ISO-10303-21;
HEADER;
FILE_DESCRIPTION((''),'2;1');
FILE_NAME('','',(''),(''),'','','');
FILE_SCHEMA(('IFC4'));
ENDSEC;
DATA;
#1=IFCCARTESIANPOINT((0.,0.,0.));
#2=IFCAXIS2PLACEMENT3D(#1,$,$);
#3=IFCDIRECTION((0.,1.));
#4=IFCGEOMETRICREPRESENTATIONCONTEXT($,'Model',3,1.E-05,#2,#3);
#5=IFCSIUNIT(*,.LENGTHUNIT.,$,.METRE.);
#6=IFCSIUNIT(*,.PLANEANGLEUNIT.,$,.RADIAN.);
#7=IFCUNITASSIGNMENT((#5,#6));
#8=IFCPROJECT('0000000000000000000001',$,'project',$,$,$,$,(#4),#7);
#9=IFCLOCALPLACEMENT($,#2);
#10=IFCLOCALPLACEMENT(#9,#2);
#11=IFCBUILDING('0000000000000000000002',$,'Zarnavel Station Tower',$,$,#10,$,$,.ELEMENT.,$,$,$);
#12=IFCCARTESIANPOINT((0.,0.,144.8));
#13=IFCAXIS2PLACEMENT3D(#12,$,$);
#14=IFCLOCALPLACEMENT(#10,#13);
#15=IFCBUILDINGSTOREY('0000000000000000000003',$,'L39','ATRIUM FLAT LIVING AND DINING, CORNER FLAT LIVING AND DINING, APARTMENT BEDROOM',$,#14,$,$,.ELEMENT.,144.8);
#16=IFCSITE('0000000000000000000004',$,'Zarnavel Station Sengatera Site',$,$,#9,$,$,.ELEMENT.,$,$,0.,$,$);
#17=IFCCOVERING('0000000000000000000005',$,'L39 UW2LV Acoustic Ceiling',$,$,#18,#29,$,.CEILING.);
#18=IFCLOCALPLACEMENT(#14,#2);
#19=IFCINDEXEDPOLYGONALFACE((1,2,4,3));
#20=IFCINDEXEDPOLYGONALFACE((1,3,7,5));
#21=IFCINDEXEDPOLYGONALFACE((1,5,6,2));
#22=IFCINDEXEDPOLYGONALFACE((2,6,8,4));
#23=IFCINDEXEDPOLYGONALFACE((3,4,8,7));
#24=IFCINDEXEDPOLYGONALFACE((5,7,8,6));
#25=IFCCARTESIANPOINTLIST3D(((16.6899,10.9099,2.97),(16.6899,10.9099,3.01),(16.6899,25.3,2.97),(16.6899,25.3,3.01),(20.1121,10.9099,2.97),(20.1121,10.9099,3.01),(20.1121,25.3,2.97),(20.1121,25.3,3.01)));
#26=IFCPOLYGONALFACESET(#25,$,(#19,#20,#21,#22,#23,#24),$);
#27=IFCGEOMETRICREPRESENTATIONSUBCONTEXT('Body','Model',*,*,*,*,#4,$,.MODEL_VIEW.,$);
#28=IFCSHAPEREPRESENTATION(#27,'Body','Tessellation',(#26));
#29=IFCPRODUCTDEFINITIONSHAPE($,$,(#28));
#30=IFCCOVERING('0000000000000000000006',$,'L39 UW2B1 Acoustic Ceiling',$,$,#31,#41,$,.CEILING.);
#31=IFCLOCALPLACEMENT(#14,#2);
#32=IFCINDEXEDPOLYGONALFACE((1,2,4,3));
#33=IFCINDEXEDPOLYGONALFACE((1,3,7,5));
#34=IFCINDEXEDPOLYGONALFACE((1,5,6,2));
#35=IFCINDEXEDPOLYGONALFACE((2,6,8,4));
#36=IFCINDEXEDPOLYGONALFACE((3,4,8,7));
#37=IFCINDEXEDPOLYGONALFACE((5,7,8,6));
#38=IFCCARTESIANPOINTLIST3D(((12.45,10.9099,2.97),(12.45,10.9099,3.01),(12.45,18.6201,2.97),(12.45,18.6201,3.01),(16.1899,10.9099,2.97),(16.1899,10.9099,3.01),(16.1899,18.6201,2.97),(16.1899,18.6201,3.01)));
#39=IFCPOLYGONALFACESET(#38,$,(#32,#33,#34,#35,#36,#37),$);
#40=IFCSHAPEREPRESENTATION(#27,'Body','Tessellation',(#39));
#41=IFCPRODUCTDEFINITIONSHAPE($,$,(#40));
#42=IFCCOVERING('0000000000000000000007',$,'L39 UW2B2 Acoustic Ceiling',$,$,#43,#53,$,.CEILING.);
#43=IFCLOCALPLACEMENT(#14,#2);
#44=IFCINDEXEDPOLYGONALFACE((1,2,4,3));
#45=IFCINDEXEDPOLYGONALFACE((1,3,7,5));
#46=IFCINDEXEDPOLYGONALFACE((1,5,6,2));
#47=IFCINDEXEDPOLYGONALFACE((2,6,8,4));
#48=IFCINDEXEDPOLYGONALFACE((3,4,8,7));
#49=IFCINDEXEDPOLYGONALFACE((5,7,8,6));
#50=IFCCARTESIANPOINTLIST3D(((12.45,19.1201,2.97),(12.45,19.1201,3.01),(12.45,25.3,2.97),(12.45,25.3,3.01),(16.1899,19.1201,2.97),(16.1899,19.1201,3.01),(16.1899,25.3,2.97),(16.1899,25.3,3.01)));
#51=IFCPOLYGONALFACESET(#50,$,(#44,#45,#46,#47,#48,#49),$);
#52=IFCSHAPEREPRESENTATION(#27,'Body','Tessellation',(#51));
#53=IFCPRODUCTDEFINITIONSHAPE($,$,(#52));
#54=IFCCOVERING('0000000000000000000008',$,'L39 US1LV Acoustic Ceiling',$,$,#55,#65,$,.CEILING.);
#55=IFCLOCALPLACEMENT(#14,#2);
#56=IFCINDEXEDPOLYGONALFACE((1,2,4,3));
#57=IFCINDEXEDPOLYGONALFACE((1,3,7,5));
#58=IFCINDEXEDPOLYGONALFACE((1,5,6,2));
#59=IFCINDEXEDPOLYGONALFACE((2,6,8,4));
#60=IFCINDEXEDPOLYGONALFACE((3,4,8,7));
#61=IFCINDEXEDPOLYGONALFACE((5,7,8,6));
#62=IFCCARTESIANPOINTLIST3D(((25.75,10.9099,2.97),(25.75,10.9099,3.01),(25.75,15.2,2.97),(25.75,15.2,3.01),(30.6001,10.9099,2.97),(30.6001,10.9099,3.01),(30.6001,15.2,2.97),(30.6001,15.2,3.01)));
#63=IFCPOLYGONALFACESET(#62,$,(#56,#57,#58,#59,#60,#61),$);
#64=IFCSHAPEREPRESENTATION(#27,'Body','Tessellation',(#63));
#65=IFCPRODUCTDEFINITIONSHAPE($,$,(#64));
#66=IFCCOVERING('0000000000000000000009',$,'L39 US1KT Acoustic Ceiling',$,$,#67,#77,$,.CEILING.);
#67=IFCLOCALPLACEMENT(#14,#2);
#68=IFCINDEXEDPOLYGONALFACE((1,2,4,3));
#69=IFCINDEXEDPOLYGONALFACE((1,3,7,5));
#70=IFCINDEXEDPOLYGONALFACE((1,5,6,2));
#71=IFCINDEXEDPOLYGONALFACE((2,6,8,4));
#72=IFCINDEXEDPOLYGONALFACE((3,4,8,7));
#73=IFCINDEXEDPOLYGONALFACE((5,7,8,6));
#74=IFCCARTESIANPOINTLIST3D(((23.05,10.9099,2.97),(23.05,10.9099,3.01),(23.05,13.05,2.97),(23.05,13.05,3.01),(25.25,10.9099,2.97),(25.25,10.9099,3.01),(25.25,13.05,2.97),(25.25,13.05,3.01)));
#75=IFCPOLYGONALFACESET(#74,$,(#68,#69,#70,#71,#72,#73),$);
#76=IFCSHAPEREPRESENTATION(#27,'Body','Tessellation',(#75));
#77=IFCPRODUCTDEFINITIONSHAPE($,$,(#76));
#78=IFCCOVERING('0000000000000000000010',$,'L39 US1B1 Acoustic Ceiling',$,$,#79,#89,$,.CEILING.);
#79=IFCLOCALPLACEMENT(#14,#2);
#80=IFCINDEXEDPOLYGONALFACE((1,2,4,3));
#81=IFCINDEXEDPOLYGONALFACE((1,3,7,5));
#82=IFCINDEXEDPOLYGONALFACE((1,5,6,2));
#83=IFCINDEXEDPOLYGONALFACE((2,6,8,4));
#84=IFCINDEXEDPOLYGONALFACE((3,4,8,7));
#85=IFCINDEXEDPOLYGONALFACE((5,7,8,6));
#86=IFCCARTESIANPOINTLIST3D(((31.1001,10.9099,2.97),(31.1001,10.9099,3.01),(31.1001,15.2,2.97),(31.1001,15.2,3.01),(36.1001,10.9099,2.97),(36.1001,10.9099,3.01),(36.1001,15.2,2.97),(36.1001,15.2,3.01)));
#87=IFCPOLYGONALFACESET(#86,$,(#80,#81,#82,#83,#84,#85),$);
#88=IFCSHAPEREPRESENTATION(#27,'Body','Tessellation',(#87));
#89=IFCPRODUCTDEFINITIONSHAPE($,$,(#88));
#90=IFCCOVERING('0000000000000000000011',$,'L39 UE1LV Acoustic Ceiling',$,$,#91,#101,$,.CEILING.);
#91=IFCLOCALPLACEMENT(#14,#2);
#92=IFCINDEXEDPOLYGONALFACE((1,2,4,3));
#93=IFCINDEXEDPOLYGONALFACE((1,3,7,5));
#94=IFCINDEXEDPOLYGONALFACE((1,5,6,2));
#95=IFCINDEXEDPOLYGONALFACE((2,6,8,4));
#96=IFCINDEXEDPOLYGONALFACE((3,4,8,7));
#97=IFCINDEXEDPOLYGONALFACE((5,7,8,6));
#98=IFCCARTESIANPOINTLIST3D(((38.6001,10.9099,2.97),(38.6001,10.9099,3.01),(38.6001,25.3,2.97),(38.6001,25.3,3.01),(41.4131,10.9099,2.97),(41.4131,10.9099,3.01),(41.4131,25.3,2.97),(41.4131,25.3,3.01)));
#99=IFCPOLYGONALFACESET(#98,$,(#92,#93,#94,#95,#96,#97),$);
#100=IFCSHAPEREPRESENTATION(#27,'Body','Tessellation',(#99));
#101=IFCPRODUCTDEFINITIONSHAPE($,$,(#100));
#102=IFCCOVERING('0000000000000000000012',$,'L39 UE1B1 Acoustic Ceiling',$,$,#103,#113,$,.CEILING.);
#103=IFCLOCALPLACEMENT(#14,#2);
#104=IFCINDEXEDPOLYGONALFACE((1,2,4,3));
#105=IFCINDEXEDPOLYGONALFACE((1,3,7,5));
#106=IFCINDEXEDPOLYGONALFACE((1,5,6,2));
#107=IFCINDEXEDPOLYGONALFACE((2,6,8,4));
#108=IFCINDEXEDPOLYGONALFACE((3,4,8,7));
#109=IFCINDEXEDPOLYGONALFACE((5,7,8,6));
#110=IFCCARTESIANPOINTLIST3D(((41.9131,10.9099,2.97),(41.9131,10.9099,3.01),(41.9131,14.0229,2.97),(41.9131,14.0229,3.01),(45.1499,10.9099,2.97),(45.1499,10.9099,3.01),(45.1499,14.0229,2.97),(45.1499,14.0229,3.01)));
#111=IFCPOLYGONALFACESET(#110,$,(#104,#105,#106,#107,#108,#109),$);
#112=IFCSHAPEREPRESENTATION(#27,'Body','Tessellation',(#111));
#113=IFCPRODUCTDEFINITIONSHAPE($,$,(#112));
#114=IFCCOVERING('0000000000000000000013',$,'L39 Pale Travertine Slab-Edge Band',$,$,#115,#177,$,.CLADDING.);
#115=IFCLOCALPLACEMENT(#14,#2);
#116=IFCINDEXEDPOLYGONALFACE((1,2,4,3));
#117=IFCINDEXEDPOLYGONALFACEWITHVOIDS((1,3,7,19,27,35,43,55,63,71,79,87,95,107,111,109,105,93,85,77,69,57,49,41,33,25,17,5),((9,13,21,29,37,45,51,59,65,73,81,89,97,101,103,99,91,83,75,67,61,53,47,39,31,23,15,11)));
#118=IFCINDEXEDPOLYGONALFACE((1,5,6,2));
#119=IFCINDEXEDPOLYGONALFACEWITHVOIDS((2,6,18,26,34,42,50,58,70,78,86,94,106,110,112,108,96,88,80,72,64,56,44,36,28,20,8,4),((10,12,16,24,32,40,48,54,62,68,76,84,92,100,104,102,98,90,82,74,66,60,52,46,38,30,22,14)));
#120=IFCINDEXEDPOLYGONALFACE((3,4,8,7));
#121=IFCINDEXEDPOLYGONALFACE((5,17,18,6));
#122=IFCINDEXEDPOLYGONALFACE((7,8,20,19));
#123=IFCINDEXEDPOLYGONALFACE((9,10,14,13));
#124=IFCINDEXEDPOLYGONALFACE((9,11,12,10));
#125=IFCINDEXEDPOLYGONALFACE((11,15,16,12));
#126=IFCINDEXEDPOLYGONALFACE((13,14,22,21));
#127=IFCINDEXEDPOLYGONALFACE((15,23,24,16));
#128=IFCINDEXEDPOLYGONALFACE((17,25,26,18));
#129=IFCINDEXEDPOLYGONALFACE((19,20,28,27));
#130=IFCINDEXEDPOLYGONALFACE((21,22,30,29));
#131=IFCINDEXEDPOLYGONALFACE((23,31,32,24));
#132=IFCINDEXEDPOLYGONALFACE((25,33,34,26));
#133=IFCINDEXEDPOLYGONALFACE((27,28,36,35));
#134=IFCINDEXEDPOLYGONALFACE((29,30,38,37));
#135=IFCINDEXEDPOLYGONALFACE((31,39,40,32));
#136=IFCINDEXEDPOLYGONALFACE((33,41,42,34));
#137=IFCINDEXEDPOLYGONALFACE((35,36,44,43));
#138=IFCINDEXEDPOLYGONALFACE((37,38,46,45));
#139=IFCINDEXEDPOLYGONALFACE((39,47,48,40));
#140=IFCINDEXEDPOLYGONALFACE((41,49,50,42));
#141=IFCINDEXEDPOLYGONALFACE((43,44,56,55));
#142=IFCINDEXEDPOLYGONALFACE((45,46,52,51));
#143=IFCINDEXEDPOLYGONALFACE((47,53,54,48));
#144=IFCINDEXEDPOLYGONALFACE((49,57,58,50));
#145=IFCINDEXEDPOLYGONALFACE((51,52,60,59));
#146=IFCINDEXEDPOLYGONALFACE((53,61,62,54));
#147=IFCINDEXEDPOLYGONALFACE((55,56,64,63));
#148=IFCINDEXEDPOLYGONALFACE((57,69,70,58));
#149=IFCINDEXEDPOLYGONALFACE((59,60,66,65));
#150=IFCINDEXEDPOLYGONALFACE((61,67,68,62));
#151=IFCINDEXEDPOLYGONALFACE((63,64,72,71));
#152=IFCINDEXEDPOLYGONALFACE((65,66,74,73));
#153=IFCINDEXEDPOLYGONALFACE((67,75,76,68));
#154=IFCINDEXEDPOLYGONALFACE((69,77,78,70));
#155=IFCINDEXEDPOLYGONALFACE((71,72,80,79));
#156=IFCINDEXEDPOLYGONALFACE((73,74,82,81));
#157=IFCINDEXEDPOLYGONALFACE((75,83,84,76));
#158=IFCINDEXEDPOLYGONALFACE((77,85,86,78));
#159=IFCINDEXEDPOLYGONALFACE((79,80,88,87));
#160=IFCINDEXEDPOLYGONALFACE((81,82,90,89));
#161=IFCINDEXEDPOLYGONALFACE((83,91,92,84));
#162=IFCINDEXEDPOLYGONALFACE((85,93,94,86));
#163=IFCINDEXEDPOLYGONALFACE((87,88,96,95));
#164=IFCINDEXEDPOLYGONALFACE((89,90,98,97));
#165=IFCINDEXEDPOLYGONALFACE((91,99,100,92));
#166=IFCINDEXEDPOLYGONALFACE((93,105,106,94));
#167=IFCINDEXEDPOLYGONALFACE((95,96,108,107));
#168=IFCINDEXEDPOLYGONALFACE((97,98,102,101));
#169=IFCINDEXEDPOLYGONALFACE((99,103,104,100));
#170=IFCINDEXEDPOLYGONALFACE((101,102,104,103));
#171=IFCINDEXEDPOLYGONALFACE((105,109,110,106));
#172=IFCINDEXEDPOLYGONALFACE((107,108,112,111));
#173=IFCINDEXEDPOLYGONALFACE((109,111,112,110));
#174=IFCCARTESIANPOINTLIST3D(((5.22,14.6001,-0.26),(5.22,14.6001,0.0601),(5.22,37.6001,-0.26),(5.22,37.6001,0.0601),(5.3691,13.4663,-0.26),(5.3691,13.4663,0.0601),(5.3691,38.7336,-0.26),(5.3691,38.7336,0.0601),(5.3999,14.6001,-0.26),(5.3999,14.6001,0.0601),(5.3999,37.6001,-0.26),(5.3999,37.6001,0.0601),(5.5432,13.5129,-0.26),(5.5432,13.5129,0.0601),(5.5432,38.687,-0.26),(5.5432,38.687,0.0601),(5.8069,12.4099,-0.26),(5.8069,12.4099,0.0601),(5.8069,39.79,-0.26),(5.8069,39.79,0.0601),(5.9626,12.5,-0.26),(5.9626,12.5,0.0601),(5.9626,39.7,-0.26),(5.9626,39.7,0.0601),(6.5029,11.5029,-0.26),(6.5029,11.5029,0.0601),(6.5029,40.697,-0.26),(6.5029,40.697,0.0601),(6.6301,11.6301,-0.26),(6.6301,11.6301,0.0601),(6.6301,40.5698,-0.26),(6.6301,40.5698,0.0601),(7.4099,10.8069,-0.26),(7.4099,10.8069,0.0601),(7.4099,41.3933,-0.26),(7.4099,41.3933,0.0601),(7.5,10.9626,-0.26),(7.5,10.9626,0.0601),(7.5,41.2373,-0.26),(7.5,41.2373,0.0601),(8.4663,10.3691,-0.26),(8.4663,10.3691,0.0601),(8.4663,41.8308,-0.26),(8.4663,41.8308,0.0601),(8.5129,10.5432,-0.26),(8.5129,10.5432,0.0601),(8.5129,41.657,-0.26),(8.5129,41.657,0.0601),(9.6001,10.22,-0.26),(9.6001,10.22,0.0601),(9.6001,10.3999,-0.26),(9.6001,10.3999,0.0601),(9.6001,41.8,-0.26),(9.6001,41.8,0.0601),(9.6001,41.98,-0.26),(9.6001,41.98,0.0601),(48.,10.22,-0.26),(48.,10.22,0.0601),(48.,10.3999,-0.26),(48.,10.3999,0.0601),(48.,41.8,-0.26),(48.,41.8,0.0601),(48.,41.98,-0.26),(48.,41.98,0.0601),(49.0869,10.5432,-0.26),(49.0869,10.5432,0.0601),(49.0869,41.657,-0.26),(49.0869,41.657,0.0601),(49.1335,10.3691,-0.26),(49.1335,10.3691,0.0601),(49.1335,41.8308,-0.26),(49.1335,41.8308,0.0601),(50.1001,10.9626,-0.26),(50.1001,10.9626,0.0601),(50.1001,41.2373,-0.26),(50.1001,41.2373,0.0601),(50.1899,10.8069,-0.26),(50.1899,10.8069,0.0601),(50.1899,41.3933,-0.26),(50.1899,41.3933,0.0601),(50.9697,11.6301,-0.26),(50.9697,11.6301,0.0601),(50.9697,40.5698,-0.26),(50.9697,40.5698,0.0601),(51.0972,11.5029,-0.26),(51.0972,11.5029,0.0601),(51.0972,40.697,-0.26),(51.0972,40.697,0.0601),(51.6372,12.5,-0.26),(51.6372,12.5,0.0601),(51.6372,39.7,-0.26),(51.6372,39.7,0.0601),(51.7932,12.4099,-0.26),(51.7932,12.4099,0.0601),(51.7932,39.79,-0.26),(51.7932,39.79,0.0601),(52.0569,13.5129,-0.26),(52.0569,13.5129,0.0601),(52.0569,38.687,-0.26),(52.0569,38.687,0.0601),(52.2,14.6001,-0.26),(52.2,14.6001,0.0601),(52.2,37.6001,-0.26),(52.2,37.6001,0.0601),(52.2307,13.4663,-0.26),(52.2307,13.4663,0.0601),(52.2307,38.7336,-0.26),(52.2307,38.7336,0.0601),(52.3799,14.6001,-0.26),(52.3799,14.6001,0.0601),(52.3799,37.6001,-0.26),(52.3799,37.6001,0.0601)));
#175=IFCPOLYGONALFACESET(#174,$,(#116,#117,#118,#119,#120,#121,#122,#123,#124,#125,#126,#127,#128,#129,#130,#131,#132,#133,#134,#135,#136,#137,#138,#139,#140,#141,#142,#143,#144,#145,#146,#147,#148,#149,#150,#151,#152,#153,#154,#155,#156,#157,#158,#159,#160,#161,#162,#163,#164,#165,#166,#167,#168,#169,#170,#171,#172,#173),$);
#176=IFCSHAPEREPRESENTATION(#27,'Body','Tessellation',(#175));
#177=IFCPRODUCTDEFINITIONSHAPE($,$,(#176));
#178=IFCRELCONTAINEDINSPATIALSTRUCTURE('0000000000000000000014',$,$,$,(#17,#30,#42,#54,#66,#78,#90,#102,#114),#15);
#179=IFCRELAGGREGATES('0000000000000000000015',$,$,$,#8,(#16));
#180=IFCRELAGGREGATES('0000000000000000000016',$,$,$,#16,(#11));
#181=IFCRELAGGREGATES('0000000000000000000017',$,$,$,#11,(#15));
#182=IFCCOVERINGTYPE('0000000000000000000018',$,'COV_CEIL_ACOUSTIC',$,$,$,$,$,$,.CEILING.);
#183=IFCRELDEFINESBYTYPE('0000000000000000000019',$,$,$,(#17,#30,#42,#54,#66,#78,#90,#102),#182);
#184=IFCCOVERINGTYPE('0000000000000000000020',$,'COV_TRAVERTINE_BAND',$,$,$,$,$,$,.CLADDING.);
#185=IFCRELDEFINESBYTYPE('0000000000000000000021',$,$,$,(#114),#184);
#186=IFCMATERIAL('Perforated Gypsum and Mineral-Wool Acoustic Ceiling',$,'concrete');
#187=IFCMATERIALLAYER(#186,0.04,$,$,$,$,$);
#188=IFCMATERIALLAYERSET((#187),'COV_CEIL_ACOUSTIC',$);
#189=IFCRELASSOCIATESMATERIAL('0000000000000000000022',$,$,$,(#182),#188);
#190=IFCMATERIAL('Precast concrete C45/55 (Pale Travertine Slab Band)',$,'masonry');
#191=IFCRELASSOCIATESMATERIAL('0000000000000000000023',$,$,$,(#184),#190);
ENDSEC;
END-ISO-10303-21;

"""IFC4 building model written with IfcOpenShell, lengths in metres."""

from ifc_helpers import new_model, si_unit, direction, frame, origin, place, context, subcontext, project, spatial, polyline, outline, extrude, material, layer, layer_set, type_object, element, save


model = new_model("IFC4")

# Units and contexts
model_context = context("Model", 3, precision=1e-05, world=origin(), true_north=direction((0.0, 1.0)))
body_context = subcontext(model_context, "Body", "Model", "MODEL_VIEW")
ifc_project = project(units=[si_unit("LENGTHUNIT", "METRE"), si_unit("PLANEANGLEUNIT", "RADIAN")], contexts=[model_context])

# Site, building, storey
site_placement = place(None, origin())
site = spatial("IfcSite", under=ifc_project, at=site_placement, Name="Zarnavel Station Sengatera Site", CompositionType="ELEMENT", RefElevation=0.0)
building_placement = place(site_placement, origin())
building = spatial("IfcBuilding", under=site, at=building_placement, Name="Zarnavel Station Tower", CompositionType="ELEMENT")
storey_placement = place(building_placement, frame((0.0, 0.0, 144.8)))
storey = spatial("IfcBuildingStorey", under=building, at=storey_placement, Name="L39", Description="ATRIUM FLAT LIVING AND DINING, CORNER FLAT LIVING AND DINING, APARTMENT BEDROOM", CompositionType="ELEMENT", Elevation=144.8)

# Coverings
ifc_material_1 = material(Name="Perforated Gypsum and Mineral-Wool Acoustic Ceiling", Category="concrete")
ifc_layer_1 = layer(ifc_material_1, 0.04)
ifc_layer_set_1 = layer_set([ifc_layer_1], Name="COV_CEIL_ACOUSTIC")
covering_type_1 = type_object("IfcCoveringType", Name="COV_CEIL_ACOUSTIC", PredefinedType="CEILING", material=ifc_layer_set_1)
covering_1_placement = place(storey_placement, frame((0.0, 0.0, 2.97)))
element("IfcCovering", 1, at=covering_1_placement, inside=storey, type_object=covering_type_1, Name="L39 UW2LV Acoustic Ceiling", PredefinedType="CEILING", context=body_context, shape_type="SweptSolid", body=[
    extrude(outline(polyline([(16.6899, 10.9099), (20.1121, 10.9099), (20.1121, 25.3), (16.6899, 25.3), (16.6899, 10.9099)])), origin(), (0.0, 0.0, 1.0), 0.04),
])
covering_2_placement = place(storey_placement, frame((0.0, 0.0, 2.97)))
element("IfcCovering", 2, at=covering_2_placement, inside=storey, type_object=covering_type_1, Name="L39 UW2B1 Acoustic Ceiling", PredefinedType="CEILING", context=body_context, shape_type="SweptSolid", body=[
    extrude(outline(polyline([(12.45, 10.9099), (16.1899, 10.9099), (16.1899, 18.6201), (12.45, 18.6201), (12.45, 10.9099)])), origin(), (0.0, 0.0, 1.0), 0.04),
])
covering_3_placement = place(storey_placement, frame((0.0, 0.0, 2.97)))
element("IfcCovering", 3, at=covering_3_placement, inside=storey, type_object=covering_type_1, Name="L39 UW2B2 Acoustic Ceiling", PredefinedType="CEILING", context=body_context, shape_type="SweptSolid", body=[
    extrude(outline(polyline([(12.45, 19.1201), (16.1899, 19.1201), (16.1899, 25.3), (12.45, 25.3), (12.45, 19.1201)])), origin(), (0.0, 0.0, 1.0), 0.04),
])
covering_4_placement = place(storey_placement, frame((0.0, 0.0, 2.97)))
element("IfcCovering", 4, at=covering_4_placement, inside=storey, type_object=covering_type_1, Name="L39 US1LV Acoustic Ceiling", PredefinedType="CEILING", context=body_context, shape_type="SweptSolid", body=[
    extrude(outline(polyline([(25.75, 10.9099), (30.6001, 10.9099), (30.6001, 15.2), (25.75, 15.2), (25.75, 10.9099)])), origin(), (0.0, 0.0, 1.0), 0.04),
])
covering_5_placement = place(storey_placement, frame((0.0, 0.0, 2.97)))
element("IfcCovering", 5, at=covering_5_placement, inside=storey, type_object=covering_type_1, Name="L39 US1KT Acoustic Ceiling", PredefinedType="CEILING", context=body_context, shape_type="SweptSolid", body=[
    extrude(outline(polyline([(23.05, 10.9099), (25.25, 10.9099), (25.25, 13.05), (23.05, 13.05), (23.05, 10.9099)])), origin(), (0.0, 0.0, 1.0), 0.04),
])
covering_6_placement = place(storey_placement, frame((0.0, 0.0, 2.97)))
element("IfcCovering", 6, at=covering_6_placement, inside=storey, type_object=covering_type_1, Name="L39 US1B1 Acoustic Ceiling", PredefinedType="CEILING", context=body_context, shape_type="SweptSolid", body=[
    extrude(outline(polyline([(31.1001, 10.9099), (36.1001, 10.9099), (36.1001, 15.2), (31.1001, 15.2), (31.1001, 10.9099)])), origin(), (0.0, 0.0, 1.0), 0.04),
])
covering_7_placement = place(storey_placement, frame((0.0, 0.0, 2.97)))
element("IfcCovering", 7, at=covering_7_placement, inside=storey, type_object=covering_type_1, Name="L39 UE1LV Acoustic Ceiling", PredefinedType="CEILING", context=body_context, shape_type="SweptSolid", body=[
    extrude(outline(polyline([(38.6001, 10.9099), (41.4131, 10.9099), (41.4131, 25.3), (38.6001, 25.3), (38.6001, 10.9099)])), origin(), (0.0, 0.0, 1.0), 0.04),
])
covering_8_placement = place(storey_placement, frame((0.0, 0.0, 2.97)))
element("IfcCovering", 8, at=covering_8_placement, inside=storey, type_object=covering_type_1, Name="L39 UE1B1 Acoustic Ceiling", PredefinedType="CEILING", context=body_context, shape_type="SweptSolid", body=[
    extrude(outline(polyline([(41.9131, 10.9099), (45.1499, 10.9099), (45.1499, 14.0229), (41.9131, 14.0229), (41.9131, 10.9099)])), origin(), (0.0, 0.0, 1.0), 0.04),
])
ifc_material_2 = material(Name="Precast concrete C45/55 (Pale Travertine Slab Band)", Category="masonry")
covering_type_2 = type_object("IfcCoveringType", Name="COV_TRAVERTINE_BAND", PredefinedType="CLADDING", material=ifc_material_2)
covering_9_placement = place(storey_placement, frame((0.0, 0.0, -0.26)))
element("IfcCovering", 9, at=covering_9_placement, inside=storey, type_object=covering_type_2, Name="L39 Pale Travertine Slab-Edge Band", PredefinedType="CLADDING", context=body_context, shape_type="SweptSolid", body=[
    extrude(outline(polyline([(48.0, 10.22), (49.1335, 10.3691), (50.1899, 10.8069), (51.0972, 11.5029), (51.7932, 12.4099), (52.2307, 13.4663), (52.3799, 14.6001), (52.3799, 37.6001), (52.2307, 38.7336), (51.7932, 39.79), (51.0972, 40.697), (50.1899, 41.3933), (49.1335, 41.8308), (48.0, 41.98), (9.6001, 41.98), (8.4663, 41.8308), (7.4099, 41.3933), (6.5029, 40.697), (5.8069, 39.79), (5.3691, 38.7336), (5.22, 37.6001), (5.22, 14.6001), (5.3691, 13.4663), (5.8069, 12.4099), (6.5029, 11.5029), (7.4099, 10.8069), (8.4663, 10.3691), (9.6001, 10.22), (48.0, 10.22)]), holes=[polyline([(48.0, 10.3999), (49.0869, 10.5432), (50.1001, 10.9626), (50.9697, 11.6301), (51.6372, 12.5), (52.0569, 13.5129), (52.2, 14.6001), (52.2, 37.6001), (52.0569, 38.687), (51.6372, 39.7), (50.9697, 40.5698), (50.1001, 41.2373), (49.0869, 41.657), (48.0, 41.8), (9.6001, 41.8), (8.5129, 41.657), (7.5, 41.2373), (6.6301, 40.5698), (5.9626, 39.7), (5.5432, 38.687), (5.3999, 37.6001), (5.3999, 14.6001), (5.5432, 13.5129), (5.9626, 12.5), (6.6301, 11.6301), (7.5, 10.9626), (8.5129, 10.5432), (9.6001, 10.3999), (48.0, 10.3999)])]), origin(), (0.0, 0.0, 1.0), 0.3201),
])

save(model, "model.ifc")
